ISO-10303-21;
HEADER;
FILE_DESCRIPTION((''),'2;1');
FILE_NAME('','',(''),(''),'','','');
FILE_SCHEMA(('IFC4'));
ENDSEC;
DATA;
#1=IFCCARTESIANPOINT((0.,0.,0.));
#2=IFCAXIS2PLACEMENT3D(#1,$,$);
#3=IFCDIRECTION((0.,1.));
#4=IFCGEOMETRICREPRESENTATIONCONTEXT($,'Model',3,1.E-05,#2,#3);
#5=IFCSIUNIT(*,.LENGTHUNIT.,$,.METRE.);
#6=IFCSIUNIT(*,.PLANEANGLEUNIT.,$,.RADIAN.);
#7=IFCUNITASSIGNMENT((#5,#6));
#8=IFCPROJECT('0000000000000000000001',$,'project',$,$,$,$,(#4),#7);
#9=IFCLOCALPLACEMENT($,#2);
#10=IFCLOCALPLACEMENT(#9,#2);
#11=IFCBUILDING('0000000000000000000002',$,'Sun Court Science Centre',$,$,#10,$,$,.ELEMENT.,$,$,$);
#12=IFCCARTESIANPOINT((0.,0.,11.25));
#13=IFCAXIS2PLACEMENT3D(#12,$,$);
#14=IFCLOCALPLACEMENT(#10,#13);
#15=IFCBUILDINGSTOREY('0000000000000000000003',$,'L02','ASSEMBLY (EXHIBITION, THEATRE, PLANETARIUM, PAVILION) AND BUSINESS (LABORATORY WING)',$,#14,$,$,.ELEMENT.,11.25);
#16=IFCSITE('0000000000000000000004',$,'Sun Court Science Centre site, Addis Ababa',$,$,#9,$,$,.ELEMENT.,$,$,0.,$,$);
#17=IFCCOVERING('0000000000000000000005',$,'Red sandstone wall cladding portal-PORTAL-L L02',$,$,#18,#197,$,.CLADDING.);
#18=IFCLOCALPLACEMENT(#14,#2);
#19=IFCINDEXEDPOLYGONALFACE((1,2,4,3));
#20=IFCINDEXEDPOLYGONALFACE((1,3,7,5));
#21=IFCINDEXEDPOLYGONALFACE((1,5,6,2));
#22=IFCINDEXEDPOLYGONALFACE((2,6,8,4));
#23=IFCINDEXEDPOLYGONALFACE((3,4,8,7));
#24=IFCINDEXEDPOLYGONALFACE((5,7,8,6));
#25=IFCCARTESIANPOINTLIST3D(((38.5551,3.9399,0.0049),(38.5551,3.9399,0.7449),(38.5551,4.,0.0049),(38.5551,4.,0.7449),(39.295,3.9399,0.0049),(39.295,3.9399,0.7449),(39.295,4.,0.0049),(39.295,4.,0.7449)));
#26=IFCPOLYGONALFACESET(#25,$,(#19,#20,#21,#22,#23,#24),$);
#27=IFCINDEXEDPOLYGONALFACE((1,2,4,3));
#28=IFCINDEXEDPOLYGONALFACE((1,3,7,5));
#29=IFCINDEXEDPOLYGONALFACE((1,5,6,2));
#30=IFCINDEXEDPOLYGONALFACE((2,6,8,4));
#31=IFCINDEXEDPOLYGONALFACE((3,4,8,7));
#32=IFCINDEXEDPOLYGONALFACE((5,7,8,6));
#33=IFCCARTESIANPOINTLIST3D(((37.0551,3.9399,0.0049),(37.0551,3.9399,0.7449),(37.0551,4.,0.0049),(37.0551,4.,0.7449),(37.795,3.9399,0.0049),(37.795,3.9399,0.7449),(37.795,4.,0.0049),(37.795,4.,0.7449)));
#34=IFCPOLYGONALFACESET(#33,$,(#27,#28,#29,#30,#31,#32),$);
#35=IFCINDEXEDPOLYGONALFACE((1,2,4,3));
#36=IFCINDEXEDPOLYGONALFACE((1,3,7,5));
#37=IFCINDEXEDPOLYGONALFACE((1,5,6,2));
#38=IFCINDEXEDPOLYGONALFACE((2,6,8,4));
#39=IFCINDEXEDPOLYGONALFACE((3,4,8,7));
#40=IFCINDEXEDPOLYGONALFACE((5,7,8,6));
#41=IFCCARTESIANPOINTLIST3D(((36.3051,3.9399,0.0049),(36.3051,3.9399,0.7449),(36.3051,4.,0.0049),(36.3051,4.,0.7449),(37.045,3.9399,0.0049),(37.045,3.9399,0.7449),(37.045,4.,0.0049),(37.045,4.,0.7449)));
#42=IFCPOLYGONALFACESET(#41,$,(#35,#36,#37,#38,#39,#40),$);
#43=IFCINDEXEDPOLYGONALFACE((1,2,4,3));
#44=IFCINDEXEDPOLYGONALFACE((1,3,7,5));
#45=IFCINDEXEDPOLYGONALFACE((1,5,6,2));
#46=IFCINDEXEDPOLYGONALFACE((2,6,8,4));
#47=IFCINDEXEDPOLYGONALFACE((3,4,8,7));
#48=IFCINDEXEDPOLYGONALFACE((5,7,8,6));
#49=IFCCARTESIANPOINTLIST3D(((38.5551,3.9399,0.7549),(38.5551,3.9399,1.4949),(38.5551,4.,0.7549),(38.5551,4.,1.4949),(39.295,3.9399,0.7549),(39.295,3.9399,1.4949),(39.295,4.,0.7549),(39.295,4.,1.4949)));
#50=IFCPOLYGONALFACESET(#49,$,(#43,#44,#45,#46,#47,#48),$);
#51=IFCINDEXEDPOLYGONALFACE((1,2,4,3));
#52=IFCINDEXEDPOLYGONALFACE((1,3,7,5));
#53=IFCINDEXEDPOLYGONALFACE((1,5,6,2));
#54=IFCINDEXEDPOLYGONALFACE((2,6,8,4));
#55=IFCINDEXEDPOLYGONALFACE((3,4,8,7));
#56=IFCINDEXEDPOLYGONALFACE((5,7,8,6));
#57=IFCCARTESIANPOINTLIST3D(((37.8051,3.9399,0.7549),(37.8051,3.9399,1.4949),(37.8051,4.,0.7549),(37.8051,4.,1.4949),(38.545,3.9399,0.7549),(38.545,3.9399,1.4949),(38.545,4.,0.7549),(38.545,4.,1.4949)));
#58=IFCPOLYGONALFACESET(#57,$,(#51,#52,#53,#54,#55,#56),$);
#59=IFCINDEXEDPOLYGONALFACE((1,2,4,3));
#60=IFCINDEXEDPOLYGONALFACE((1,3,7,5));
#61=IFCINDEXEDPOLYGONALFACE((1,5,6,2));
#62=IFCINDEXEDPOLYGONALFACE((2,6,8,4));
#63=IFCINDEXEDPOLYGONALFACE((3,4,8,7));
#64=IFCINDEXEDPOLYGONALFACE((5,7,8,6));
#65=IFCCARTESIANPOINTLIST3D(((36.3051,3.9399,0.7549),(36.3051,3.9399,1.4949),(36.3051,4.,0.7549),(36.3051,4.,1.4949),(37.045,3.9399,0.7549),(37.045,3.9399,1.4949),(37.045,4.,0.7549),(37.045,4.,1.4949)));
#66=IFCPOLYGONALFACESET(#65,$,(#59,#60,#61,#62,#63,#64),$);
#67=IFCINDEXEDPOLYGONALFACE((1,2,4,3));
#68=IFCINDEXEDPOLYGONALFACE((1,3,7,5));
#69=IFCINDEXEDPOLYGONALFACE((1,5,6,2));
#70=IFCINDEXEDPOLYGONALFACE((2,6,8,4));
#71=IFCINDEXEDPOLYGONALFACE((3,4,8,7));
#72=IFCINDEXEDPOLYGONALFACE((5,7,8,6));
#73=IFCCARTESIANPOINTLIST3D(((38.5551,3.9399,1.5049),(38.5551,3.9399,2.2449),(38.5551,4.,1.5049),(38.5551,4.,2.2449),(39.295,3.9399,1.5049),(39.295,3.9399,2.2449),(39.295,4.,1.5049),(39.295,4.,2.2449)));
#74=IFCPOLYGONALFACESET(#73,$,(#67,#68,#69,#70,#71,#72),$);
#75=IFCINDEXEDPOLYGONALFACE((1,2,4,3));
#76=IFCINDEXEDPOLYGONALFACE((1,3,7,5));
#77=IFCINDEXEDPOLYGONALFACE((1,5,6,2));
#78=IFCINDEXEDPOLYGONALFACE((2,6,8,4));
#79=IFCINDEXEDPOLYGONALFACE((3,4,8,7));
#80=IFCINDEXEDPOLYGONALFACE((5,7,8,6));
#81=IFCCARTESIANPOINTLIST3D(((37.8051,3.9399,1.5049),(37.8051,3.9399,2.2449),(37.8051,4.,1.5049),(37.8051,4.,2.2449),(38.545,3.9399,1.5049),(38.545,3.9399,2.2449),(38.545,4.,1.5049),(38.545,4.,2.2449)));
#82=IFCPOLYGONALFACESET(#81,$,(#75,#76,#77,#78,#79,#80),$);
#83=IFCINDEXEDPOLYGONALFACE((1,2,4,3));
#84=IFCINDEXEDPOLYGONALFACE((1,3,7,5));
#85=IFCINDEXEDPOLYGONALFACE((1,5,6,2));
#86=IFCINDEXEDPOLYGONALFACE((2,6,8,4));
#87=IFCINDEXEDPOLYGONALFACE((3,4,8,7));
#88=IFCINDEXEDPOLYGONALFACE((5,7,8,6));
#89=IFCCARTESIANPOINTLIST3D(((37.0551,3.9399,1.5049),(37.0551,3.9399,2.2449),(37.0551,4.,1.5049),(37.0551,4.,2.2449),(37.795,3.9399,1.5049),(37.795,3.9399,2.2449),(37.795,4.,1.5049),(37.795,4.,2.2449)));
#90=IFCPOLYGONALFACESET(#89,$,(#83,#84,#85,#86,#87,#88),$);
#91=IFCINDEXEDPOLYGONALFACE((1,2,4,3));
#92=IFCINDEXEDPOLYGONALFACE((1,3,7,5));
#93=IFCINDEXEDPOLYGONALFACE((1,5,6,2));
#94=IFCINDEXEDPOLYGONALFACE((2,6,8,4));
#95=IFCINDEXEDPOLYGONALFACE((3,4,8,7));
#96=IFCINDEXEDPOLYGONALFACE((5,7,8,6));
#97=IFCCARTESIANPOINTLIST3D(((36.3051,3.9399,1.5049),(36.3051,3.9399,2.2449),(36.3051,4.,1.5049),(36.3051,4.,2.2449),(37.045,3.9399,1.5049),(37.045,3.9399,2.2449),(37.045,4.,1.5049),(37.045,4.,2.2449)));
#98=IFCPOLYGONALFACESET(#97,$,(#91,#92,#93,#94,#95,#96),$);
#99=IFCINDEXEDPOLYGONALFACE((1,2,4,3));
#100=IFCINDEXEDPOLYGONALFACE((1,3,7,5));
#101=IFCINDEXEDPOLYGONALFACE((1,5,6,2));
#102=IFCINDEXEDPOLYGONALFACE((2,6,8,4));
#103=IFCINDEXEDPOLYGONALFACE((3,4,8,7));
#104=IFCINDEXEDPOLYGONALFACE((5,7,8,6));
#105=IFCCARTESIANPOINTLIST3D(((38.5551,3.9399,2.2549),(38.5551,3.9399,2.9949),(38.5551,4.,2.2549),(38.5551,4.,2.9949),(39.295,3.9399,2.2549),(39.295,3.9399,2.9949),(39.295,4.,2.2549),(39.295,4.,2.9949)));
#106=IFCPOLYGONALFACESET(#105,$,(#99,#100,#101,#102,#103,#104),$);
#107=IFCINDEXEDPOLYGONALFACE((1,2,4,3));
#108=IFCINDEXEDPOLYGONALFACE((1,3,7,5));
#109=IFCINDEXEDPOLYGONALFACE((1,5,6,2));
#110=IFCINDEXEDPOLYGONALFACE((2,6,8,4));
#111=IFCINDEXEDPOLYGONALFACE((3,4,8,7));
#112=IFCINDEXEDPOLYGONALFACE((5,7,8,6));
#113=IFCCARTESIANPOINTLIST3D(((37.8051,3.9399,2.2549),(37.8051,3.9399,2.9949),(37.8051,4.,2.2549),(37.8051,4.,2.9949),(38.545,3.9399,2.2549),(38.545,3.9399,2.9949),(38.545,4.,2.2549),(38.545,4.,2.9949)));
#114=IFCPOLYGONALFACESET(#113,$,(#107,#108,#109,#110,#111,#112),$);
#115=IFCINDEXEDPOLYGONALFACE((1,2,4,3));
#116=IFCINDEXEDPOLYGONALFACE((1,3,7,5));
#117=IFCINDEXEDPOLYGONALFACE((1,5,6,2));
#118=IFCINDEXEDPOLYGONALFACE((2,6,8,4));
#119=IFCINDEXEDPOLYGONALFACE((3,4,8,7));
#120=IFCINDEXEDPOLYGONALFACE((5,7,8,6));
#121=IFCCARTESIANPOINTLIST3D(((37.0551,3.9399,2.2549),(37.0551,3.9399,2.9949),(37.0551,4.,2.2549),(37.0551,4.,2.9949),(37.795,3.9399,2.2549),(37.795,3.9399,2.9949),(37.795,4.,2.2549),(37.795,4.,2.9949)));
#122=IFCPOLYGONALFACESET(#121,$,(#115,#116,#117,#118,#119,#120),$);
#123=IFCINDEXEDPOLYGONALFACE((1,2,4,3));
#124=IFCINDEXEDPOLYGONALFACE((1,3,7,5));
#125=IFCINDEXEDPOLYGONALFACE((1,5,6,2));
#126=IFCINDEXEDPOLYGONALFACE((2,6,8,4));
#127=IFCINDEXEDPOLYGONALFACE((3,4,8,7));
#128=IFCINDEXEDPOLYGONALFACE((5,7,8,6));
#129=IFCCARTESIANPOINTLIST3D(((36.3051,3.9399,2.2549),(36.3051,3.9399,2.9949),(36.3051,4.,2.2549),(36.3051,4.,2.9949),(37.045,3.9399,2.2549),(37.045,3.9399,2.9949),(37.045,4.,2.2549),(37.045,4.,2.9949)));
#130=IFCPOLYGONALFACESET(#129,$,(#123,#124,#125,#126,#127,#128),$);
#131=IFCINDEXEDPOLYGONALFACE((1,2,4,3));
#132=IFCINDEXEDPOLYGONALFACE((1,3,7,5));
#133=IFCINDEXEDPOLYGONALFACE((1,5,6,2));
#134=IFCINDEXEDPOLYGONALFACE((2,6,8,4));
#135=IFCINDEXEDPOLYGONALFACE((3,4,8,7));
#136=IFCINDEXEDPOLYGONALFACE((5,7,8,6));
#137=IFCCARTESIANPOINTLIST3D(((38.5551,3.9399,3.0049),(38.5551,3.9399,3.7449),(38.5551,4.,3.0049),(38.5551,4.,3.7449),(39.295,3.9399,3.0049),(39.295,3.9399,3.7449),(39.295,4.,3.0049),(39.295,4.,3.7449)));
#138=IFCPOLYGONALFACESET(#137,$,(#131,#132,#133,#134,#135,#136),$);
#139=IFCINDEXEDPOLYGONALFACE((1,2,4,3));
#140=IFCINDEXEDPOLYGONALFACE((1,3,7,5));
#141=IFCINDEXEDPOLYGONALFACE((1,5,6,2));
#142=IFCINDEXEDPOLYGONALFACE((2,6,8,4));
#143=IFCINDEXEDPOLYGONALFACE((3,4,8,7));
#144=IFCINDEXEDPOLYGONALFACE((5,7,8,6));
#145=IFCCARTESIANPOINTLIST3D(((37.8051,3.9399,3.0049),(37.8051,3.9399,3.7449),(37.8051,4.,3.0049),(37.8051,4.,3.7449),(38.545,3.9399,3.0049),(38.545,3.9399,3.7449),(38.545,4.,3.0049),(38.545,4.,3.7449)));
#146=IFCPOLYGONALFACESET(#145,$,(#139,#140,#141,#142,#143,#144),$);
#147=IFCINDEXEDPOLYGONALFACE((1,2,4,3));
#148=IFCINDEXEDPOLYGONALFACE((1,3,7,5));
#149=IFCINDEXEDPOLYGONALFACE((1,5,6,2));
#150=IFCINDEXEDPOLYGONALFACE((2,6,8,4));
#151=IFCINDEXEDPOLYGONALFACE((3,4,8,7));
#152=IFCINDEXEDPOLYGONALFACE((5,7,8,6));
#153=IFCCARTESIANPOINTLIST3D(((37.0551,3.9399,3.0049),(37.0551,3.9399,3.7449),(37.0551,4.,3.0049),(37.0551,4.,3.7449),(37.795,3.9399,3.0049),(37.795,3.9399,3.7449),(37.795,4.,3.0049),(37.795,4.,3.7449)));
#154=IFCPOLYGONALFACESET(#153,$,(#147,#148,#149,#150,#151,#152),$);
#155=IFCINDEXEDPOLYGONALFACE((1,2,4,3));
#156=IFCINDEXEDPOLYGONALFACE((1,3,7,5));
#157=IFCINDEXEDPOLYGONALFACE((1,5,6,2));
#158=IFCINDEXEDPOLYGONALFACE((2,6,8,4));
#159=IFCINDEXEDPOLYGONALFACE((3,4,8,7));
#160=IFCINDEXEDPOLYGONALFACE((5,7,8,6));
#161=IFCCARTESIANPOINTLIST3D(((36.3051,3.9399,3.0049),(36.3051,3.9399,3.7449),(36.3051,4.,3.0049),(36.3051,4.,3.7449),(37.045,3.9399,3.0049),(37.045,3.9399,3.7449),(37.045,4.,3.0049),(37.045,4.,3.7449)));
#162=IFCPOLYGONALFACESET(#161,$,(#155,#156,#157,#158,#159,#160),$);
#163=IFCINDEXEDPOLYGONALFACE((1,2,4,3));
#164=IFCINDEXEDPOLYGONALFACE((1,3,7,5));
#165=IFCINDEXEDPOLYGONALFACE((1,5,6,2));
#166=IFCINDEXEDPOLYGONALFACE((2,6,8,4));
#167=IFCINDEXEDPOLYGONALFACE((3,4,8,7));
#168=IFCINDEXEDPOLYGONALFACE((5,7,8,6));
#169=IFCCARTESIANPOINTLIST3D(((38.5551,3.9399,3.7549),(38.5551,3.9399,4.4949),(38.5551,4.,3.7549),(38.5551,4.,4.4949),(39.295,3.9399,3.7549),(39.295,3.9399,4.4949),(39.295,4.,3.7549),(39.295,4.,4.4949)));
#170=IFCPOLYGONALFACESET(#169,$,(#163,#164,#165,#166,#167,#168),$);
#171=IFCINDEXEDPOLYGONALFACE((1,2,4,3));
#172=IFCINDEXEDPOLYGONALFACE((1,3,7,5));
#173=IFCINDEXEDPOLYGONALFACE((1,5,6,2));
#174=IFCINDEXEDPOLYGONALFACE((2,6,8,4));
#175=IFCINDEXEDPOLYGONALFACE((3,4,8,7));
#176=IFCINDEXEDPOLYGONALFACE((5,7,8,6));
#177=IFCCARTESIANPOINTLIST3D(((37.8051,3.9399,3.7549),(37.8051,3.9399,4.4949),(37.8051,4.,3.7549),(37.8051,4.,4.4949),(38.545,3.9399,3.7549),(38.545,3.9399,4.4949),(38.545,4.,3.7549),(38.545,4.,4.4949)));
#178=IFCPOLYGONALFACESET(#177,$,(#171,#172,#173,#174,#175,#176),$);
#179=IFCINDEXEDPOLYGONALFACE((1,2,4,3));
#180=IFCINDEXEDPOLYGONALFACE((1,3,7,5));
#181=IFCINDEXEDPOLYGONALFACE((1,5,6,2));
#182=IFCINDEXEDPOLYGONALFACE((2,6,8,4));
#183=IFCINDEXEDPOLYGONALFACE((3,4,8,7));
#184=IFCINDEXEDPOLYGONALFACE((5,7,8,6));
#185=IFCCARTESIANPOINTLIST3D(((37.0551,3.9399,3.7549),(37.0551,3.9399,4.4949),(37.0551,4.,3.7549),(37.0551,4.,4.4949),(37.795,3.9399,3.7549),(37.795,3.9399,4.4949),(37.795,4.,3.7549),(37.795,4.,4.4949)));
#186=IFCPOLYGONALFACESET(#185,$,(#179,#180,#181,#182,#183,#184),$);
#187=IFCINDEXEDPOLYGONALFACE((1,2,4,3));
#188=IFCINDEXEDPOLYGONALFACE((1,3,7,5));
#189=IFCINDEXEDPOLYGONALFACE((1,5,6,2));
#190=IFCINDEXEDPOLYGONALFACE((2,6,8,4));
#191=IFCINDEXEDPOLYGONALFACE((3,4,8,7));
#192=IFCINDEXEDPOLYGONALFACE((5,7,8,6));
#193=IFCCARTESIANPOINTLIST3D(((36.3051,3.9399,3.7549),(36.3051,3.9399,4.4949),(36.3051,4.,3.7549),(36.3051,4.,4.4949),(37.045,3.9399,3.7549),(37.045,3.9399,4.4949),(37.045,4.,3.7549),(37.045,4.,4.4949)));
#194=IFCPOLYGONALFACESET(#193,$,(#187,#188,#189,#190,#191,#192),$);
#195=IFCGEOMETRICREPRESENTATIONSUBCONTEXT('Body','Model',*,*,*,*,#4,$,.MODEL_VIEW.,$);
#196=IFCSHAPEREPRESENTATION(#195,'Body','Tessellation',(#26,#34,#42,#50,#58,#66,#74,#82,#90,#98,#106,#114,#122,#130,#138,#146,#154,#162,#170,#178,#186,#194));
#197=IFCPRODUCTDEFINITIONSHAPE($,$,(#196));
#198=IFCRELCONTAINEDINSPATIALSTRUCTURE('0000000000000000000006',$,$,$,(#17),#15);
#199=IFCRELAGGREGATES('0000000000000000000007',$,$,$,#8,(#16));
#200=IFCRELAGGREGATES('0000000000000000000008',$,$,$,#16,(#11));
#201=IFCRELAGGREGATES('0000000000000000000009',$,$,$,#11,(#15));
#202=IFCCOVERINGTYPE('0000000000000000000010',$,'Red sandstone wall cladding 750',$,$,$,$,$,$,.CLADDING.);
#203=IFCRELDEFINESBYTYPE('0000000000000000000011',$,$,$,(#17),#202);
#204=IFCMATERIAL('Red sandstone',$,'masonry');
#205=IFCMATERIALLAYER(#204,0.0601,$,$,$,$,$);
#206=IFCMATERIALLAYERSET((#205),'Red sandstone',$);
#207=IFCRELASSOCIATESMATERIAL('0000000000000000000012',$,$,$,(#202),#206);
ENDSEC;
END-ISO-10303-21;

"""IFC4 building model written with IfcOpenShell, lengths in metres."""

from ifc_helpers import new_model, si_unit, direction, frame, origin, origin_2d, place, context, subcontext, project, spatial, rectangle, extrude, material, layer, layer_set, type_object, element, save


model = new_model("IFC4")

# Units and contexts
model_context = context("Model", 3, precision=1e-05, world=origin(), true_north=direction((0.0, 1.0)))
body_context = subcontext(model_context, "Body", "Model", "MODEL_VIEW")
ifc_project = project(units=[si_unit("LENGTHUNIT", "METRE"), si_unit("PLANEANGLEUNIT", "RADIAN")], contexts=[model_context])

# Site, building, storey
site_placement = place(None, origin())
site = spatial("IfcSite", under=ifc_project, at=site_placement, Name="Sun Court Science Centre site, Addis Ababa", CompositionType="ELEMENT", RefElevation=0.0)
building_placement = place(site_placement, origin())
building = spatial("IfcBuilding", under=site, at=building_placement, Name="Sun Court Science Centre", CompositionType="ELEMENT")
storey_placement = place(building_placement, frame((0.0, 0.0, 11.25)))
storey = spatial("IfcBuildingStorey", under=building, at=storey_placement, Name="L02", Description="ASSEMBLY (EXHIBITION, THEATRE, PLANETARIUM, PAVILION) AND BUSINESS (LABORATORY WING)", CompositionType="ELEMENT", Elevation=11.25)

# Covering
ifc_material_1 = material(Name="Red sandstone", Category="masonry")
ifc_layer_1 = layer(ifc_material_1, 0.0601)
ifc_layer_set_1 = layer_set([ifc_layer_1], Name="Red sandstone")
covering_type_1 = type_object("IfcCoveringType", Name="Red sandstone wall cladding 750", PredefinedType="CLADDING", material=ifc_layer_set_1)
covering_1_placement = place(storey_placement, frame((0.0, 0.0, -11.25)))
element("IfcCovering", 1, at=covering_1_placement, inside=storey, type_object=covering_type_1, Name="Red sandstone wall cladding portal-PORTAL-L L02", PredefinedType="CLADDING", context=body_context, shape_type="SweptSolid", body=[
    extrude(rectangle(XDim=0.74, YDim=0.0601, at=origin_2d()), frame((38.925, 3.97, 11.2549), z_axis=(0.0, 0.0, 1.0), x_axis=(-1.0, 0.0, 0.0)), (0.0, 0.0, 1.0), 0.74),
    extrude(rectangle(XDim=0.74, YDim=0.0601, at=origin_2d()), frame((37.425, 3.97, 11.2549), z_axis=(0.0, 0.0, 1.0), x_axis=(-1.0, 0.0, 0.0)), (0.0, 0.0, 1.0), 0.74),
    extrude(rectangle(XDim=0.74, YDim=0.0601, at=origin_2d()), frame((36.675, 3.97, 11.2549), z_axis=(0.0, 0.0, 1.0), x_axis=(-1.0, 0.0, 0.0)), (0.0, 0.0, 1.0), 0.74),
    extrude(rectangle(XDim=0.74, YDim=0.0601, at=origin_2d()), frame((38.925, 3.97, 12.0049), z_axis=(0.0, 0.0, 1.0), x_axis=(-1.0, 0.0, 0.0)), (0.0, 0.0, 1.0), 0.74),
    extrude(rectangle(XDim=0.74, YDim=0.0601, at=origin_2d()), frame((38.175, 3.97, 12.0049), z_axis=(0.0, 0.0, 1.0), x_axis=(-1.0, 0.0, 0.0)), (0.0, 0.0, 1.0), 0.74),
    extrude(rectangle(XDim=0.74, YDim=0.0601, at=origin_2d()), frame((36.675, 3.97, 12.0049), z_axis=(0.0, 0.0, 1.0), x_axis=(-1.0, 0.0, 0.0)), (0.0, 0.0, 1.0), 0.74),
    extrude(rectangle(XDim=0.74, YDim=0.0601, at=origin_2d()), frame((38.925, 3.97, 12.7549), z_axis=(0.0, 0.0, 1.0), x_axis=(-1.0, 0.0, 0.0)), (0.0, 0.0, 1.0), 0.74),
    extrude(rectangle(XDim=0.74, YDim=0.0601, at=origin_2d()), frame((38.175, 3.97, 12.7549), z_axis=(0.0, 0.0, 1.0), x_axis=(-1.0, 0.0, 0.0)), (0.0, 0.0, 1.0), 0.74),
    extrude(rectangle(XDim=0.74, YDim=0.0601, at=origin_2d()), frame((37.425, 3.97, 12.7549), z_axis=(0.0, 0.0, 1.0), x_axis=(-1.0, 0.0, 0.0)), (0.0, 0.0, 1.0), 0.74),
    extrude(rectangle(XDim=0.74, YDim=0.0601, at=origin_2d()), frame((36.675, 3.97, 12.7549), z_axis=(0.0, 0.0, 1.0), x_axis=(-1.0, 0.0, 0.0)), (0.0, 0.0, 1.0), 0.74),
    extrude(rectangle(XDim=0.74, YDim=0.0601, at=origin_2d()), frame((38.925, 3.97, 13.5049), z_axis=(0.0, 0.0, 1.0), x_axis=(-1.0, 0.0, 0.0)), (0.0, 0.0, 1.0), 0.74),
    extrude(rectangle(XDim=0.74, YDim=0.0601, at=origin_2d()), frame((38.175, 3.97, 13.5049), z_axis=(0.0, 0.0, 1.0), x_axis=(-1.0, 0.0, 0.0)), (0.0, 0.0, 1.0), 0.74),
    extrude(rectangle(XDim=0.74, YDim=0.0601, at=origin_2d()), frame((37.425, 3.97, 13.5049), z_axis=(0.0, 0.0, 1.0), x_axis=(-1.0, 0.0, 0.0)), (0.0, 0.0, 1.0), 0.74),
    extrude(rectangle(XDim=0.74, YDim=0.0601, at=origin_2d()), frame((36.675, 3.97, 13.5049), z_axis=(0.0, 0.0, 1.0), x_axis=(-1.0, 0.0, 0.0)), (0.0, 0.0, 1.0), 0.74),
    extrude(rectangle(XDim=0.74, YDim=0.0601, at=origin_2d()), frame((38.925, 3.97, 14.2549), z_axis=(0.0, 0.0, 1.0), x_axis=(-1.0, 0.0, 0.0)), (0.0, 0.0, 1.0), 0.74),
    extrude(rectangle(XDim=0.74, YDim=0.0601, at=origin_2d()), frame((38.175, 3.97, 14.2549), z_axis=(0.0, 0.0, 1.0), x_axis=(-1.0, 0.0, 0.0)), (0.0, 0.0, 1.0), 0.74),
    extrude(rectangle(XDim=0.74, YDim=0.0601, at=origin_2d()), frame((37.425, 3.97, 14.2549), z_axis=(0.0, 0.0, 1.0), x_axis=(-1.0, 0.0, 0.0)), (0.0, 0.0, 1.0), 0.74),
    extrude(rectangle(XDim=0.74, YDim=0.0601, at=origin_2d()), frame((36.675, 3.97, 14.2549), z_axis=(0.0, 0.0, 1.0), x_axis=(-1.0, 0.0, 0.0)), (0.0, 0.0, 1.0), 0.74),
    extrude(rectangle(XDim=0.74, YDim=0.0601, at=origin_2d()), frame((38.925, 3.97, 15.0049), z_axis=(0.0, 0.0, 1.0), x_axis=(-1.0, 0.0, 0.0)), (0.0, 0.0, 1.0), 0.74),
    extrude(rectangle(XDim=0.74, YDim=0.0601, at=origin_2d()), frame((38.175, 3.97, 15.0049), z_axis=(0.0, 0.0, 1.0), x_axis=(-1.0, 0.0, 0.0)), (0.0, 0.0, 1.0), 0.74),
    extrude(rectangle(XDim=0.74, YDim=0.0601, at=origin_2d()), frame((37.425, 3.97, 15.0049), z_axis=(0.0, 0.0, 1.0), x_axis=(-1.0, 0.0, 0.0)), (0.0, 0.0, 1.0), 0.74),
    extrude(rectangle(XDim=0.74, YDim=0.0601, at=origin_2d()), frame((36.675, 3.97, 15.0049), z_axis=(0.0, 0.0, 1.0), x_axis=(-1.0, 0.0, 0.0)), (0.0, 0.0, 1.0), 0.74),
])

save(model, "model.ifc")
